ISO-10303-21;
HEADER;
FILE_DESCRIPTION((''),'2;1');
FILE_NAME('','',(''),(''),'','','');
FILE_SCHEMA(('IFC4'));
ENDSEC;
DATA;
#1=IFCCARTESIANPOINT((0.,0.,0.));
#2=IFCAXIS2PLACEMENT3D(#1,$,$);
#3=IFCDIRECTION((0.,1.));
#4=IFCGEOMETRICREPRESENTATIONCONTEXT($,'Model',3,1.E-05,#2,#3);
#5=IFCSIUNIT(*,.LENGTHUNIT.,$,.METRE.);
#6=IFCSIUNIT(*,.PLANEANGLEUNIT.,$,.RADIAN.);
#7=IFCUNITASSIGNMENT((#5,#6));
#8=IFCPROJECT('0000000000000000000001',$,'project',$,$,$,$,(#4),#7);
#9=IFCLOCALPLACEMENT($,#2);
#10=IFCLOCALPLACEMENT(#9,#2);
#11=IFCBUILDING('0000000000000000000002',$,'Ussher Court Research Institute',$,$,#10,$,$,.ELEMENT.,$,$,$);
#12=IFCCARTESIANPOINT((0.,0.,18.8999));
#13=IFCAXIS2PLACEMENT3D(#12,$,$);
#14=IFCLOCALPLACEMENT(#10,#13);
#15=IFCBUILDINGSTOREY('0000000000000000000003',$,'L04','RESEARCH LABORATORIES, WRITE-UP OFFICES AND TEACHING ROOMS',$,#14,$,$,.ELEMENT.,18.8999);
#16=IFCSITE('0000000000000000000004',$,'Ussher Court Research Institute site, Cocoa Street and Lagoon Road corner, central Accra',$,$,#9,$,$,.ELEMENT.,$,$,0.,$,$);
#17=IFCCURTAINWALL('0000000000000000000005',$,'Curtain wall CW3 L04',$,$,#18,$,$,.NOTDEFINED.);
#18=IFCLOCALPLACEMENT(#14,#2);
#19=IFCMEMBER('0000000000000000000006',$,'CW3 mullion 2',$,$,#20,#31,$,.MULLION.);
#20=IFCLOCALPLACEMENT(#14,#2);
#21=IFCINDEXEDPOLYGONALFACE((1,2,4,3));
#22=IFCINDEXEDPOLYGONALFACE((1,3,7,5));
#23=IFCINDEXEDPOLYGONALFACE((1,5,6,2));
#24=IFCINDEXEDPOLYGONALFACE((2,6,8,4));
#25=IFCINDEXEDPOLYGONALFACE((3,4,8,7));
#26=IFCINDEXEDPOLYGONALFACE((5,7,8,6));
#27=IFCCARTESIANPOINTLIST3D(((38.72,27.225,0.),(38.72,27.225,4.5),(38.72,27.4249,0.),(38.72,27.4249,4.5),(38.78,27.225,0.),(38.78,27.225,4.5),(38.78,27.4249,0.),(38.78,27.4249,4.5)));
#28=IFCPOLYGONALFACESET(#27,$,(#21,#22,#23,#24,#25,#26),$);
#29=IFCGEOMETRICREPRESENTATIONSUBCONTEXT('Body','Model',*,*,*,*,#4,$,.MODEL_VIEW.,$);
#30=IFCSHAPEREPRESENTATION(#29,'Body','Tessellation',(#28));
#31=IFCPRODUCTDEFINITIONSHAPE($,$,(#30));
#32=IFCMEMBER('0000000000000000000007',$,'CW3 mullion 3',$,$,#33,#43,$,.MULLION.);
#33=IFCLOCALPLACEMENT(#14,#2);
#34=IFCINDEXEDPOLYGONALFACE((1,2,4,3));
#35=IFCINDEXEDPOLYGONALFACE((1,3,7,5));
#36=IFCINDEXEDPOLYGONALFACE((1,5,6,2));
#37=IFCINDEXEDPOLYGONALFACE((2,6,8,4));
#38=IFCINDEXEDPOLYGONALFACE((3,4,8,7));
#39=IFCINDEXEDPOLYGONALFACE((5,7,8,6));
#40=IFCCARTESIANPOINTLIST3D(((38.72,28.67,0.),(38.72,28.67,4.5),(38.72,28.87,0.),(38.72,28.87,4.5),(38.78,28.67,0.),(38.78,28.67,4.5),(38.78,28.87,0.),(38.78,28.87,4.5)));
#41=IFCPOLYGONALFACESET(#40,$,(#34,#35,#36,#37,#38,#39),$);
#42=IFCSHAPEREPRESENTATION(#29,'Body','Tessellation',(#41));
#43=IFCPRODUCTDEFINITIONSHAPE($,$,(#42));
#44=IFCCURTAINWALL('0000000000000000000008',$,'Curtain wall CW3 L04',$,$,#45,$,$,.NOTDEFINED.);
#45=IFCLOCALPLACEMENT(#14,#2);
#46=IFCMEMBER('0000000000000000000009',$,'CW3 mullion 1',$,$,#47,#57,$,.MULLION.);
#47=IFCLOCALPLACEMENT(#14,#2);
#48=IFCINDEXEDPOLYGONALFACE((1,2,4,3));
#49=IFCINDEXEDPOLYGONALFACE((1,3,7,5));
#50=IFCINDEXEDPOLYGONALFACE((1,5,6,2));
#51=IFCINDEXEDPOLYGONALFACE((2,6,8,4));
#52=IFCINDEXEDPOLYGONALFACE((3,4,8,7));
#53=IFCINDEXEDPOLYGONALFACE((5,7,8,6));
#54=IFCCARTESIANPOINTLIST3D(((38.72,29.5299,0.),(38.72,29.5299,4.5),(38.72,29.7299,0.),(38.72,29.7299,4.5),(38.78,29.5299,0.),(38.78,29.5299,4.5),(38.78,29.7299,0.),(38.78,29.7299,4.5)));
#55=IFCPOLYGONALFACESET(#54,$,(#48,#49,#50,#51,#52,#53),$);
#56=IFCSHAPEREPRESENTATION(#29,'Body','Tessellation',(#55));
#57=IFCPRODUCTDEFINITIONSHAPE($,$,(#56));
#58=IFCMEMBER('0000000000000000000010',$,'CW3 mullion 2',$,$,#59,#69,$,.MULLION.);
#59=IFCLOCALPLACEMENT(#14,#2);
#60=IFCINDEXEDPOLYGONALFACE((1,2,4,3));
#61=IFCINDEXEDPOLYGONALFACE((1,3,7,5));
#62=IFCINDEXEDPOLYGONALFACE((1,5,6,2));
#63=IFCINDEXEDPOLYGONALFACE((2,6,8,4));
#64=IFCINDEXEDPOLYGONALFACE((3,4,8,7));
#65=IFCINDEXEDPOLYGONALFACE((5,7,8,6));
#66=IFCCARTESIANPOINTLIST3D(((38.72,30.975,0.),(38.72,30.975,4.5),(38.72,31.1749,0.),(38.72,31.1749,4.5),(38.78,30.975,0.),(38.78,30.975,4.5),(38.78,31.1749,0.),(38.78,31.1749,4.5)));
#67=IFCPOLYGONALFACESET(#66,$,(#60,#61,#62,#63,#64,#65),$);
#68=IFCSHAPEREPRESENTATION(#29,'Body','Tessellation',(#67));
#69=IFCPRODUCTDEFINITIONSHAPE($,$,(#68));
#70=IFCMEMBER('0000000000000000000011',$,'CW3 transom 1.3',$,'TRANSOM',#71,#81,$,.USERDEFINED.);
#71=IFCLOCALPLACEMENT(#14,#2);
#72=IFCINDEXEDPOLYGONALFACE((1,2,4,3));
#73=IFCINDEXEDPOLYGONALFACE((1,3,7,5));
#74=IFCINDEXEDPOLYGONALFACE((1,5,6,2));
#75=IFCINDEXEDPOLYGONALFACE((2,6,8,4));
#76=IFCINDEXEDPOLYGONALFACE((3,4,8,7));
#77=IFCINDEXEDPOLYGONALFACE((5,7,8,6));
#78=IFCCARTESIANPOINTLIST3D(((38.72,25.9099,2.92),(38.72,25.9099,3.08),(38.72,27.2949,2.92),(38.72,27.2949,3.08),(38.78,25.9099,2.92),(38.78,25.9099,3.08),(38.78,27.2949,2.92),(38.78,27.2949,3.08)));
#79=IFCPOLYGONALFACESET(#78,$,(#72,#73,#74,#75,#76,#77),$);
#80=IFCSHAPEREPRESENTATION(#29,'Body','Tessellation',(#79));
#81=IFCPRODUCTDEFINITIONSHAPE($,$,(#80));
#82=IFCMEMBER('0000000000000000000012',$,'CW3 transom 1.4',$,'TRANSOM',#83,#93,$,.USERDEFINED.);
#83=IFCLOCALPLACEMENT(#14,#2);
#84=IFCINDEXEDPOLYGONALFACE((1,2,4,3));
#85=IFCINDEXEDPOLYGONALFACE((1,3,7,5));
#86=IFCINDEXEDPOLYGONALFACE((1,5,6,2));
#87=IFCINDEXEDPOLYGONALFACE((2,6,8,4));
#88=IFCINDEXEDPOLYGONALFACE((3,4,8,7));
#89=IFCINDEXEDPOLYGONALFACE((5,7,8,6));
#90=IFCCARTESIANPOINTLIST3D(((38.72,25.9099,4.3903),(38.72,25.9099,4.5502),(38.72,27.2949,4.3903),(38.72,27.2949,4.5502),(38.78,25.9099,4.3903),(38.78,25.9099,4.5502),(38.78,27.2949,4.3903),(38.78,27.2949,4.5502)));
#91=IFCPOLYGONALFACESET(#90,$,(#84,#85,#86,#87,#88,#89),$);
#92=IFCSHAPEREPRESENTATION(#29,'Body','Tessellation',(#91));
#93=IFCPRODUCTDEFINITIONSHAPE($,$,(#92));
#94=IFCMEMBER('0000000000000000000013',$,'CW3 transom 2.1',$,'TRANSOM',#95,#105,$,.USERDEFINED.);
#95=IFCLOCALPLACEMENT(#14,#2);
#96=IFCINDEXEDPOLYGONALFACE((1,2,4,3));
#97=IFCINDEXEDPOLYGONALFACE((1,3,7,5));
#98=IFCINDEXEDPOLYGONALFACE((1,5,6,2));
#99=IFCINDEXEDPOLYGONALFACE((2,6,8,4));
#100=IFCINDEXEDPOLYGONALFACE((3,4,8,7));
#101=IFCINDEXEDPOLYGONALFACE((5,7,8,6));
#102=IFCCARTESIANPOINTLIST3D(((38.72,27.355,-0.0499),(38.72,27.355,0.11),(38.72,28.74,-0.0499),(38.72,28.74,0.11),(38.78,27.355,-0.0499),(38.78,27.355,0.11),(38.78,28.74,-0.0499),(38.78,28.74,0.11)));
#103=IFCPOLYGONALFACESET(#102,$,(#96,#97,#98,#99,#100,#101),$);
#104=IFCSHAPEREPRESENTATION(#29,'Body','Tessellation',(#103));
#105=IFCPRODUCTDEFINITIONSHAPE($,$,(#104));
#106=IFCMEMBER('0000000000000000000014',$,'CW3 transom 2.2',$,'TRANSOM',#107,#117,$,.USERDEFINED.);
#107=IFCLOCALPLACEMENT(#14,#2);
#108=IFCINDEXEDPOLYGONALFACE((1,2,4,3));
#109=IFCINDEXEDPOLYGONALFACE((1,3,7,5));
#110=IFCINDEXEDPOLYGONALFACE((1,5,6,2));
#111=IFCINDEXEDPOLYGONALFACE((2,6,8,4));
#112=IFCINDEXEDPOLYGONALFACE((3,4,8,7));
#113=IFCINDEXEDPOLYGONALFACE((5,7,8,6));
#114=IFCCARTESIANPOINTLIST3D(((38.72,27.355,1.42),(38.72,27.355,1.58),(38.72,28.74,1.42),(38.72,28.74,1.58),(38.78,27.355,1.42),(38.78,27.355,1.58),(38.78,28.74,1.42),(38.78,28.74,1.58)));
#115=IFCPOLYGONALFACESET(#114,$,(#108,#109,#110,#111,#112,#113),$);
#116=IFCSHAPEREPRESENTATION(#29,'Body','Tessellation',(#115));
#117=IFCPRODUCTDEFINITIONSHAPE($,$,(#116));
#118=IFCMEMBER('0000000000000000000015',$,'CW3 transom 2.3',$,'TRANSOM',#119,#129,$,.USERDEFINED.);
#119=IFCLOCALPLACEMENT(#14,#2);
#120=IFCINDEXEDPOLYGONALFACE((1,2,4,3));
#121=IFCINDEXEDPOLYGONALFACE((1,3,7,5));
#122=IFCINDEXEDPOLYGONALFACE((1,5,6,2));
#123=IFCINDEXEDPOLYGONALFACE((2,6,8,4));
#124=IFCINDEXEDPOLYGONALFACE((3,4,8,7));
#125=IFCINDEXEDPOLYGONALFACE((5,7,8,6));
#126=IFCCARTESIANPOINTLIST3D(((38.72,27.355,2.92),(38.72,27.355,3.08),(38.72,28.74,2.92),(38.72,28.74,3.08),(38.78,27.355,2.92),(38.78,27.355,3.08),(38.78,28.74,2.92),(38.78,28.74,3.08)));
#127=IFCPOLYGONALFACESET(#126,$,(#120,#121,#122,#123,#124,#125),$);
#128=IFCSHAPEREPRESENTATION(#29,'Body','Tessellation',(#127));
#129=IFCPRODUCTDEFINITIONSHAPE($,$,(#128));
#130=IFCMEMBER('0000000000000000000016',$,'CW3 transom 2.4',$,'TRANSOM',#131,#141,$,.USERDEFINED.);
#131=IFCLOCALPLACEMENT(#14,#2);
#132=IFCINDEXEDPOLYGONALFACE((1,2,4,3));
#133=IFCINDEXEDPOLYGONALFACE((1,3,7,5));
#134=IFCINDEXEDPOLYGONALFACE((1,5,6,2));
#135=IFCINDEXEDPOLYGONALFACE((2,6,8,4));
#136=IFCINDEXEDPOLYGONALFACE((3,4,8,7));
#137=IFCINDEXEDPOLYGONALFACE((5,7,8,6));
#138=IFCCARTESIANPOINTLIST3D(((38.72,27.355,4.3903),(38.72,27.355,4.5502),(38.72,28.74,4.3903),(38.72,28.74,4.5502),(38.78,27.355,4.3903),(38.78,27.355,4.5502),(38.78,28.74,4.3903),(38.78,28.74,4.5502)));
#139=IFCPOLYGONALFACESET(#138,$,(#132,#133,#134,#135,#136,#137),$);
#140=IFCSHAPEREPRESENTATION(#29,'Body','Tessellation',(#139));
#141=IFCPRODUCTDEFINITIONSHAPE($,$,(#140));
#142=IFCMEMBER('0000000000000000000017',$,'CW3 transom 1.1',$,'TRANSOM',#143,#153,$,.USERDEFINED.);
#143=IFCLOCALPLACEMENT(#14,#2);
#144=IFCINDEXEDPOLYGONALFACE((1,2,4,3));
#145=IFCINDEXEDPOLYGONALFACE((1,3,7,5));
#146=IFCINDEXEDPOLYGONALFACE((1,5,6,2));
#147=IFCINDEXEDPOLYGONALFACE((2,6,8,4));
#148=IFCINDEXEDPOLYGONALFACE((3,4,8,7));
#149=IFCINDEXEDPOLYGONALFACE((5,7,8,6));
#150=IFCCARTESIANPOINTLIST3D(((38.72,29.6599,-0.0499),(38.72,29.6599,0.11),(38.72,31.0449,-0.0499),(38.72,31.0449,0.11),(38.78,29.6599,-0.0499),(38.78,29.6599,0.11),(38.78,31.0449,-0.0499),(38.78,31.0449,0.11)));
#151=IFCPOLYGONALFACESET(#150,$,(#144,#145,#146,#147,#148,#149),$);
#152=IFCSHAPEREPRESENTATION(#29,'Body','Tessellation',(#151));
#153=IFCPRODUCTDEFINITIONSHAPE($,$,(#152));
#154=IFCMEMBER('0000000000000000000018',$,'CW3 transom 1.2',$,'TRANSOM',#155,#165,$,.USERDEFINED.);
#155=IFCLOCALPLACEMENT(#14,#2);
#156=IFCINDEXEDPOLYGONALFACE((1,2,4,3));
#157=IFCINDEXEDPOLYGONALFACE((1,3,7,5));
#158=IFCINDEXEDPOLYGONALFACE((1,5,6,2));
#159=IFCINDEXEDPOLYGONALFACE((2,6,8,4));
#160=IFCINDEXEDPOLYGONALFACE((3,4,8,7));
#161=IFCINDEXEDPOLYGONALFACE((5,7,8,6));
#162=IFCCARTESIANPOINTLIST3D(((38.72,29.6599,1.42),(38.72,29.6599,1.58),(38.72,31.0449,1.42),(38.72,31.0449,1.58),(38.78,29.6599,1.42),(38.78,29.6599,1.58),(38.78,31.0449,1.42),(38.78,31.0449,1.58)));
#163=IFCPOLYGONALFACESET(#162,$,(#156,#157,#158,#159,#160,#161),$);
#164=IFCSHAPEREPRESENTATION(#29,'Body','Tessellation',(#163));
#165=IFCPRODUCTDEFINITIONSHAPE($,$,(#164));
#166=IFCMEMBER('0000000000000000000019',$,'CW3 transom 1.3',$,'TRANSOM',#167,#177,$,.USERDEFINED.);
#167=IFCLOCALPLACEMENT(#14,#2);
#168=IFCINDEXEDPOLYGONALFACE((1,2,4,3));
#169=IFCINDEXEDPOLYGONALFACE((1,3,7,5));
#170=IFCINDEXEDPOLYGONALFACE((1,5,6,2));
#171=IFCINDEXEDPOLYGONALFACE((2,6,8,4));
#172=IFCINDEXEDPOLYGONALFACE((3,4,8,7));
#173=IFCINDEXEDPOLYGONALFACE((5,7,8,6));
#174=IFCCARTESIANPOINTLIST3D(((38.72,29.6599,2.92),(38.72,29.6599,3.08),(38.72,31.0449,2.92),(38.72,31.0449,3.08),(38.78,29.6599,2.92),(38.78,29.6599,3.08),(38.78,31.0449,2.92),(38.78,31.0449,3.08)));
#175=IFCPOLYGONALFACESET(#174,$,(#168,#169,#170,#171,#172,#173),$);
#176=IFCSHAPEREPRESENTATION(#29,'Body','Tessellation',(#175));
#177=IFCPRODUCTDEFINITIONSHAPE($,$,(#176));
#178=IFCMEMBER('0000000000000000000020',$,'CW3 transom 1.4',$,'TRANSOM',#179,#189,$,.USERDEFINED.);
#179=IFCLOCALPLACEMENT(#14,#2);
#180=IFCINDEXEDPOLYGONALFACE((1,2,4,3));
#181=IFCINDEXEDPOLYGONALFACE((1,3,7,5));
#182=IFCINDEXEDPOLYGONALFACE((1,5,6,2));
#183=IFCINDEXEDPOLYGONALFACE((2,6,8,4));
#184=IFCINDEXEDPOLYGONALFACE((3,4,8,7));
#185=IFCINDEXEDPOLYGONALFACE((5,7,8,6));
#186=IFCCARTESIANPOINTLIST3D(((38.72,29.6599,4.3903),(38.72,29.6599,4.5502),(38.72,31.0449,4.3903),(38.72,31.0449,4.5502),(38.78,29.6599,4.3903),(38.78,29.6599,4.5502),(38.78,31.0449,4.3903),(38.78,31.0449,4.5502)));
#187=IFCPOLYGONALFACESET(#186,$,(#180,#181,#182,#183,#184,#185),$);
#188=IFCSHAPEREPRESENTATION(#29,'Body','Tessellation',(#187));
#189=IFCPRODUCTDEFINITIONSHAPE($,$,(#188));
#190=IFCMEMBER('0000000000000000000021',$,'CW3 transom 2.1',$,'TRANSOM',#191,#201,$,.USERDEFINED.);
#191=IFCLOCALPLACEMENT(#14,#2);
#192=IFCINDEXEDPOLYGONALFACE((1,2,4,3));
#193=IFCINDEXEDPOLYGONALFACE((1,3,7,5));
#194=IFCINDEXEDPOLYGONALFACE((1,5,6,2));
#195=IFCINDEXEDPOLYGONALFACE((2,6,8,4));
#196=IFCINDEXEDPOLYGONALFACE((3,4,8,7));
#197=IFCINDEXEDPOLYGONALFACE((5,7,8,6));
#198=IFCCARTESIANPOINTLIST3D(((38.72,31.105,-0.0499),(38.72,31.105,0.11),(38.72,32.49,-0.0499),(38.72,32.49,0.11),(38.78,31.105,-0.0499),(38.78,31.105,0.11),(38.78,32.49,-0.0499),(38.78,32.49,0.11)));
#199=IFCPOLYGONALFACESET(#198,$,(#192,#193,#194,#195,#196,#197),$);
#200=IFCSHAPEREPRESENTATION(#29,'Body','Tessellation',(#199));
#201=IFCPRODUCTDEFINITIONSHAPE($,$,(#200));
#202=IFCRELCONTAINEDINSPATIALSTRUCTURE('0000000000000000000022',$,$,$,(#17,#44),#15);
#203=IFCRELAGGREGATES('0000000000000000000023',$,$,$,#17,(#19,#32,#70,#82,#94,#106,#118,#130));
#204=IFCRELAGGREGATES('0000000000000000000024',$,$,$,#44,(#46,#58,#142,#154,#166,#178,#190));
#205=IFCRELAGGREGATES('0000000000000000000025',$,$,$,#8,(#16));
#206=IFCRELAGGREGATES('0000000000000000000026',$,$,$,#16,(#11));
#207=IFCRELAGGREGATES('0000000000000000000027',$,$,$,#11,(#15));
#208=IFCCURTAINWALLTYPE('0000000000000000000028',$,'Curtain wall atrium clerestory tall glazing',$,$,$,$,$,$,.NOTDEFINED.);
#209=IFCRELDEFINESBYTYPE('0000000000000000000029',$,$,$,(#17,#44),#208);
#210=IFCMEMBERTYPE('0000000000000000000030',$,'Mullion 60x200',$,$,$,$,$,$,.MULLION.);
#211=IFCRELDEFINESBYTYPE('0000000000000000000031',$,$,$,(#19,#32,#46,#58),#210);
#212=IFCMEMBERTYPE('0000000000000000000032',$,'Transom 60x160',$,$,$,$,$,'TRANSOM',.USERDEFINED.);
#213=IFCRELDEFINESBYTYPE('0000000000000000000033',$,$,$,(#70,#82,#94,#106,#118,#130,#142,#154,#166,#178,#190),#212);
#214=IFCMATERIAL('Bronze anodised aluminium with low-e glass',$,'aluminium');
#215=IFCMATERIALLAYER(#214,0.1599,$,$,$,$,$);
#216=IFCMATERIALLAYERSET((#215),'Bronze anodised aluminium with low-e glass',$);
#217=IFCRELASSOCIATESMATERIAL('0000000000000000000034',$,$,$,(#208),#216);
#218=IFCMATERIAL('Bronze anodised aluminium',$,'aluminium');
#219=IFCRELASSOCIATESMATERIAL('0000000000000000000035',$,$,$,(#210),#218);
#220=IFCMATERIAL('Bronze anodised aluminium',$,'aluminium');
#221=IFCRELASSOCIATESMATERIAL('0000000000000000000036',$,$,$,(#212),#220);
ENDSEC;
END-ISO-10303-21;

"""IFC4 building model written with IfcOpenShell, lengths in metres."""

from ifc_helpers import new_model, si_unit, direction, frame, origin, origin_2d, place, context, subcontext, project, spatial, rectangle, extrude, material, layer, layer_set, material_profile, profile_set, type_object, element, aggregate, save


model = new_model("IFC4")

# Units and contexts
model_context = context("Model", 3, precision=1e-05, world=origin(), true_north=direction((0.0, 1.0)))
body_context = subcontext(model_context, "Body", "Model", "MODEL_VIEW")
ifc_project = project(units=[si_unit("LENGTHUNIT", "METRE"), si_unit("PLANEANGLEUNIT", "RADIAN")], contexts=[model_context])

# Site, building, storey
site_placement = place(None, origin())
site = spatial("IfcSite", under=ifc_project, at=site_placement, Name="Ussher Court Research Institute site, Cocoa Street and Lagoon Road corner, central Accra", CompositionType="ELEMENT", RefElevation=0.0)
building_placement = place(site_placement, origin())
building = spatial("IfcBuilding", under=site, at=building_placement, Name="Ussher Court Research Institute", CompositionType="ELEMENT")
storey_placement = place(building_placement, frame((0.0, 0.0, 18.8999)))
storey = spatial("IfcBuildingStorey", under=building, at=storey_placement, Name="L04", Description="RESEARCH LABORATORIES, WRITE-UP OFFICES AND TEACHING ROOMS", CompositionType="ELEMENT", Elevation=18.8999)

# Curtain walls, members
ifc_material_1 = material(Name="Bronze anodised aluminium with low-e glass", Category="aluminium")
ifc_layer_1 = layer(ifc_material_1, 0.1599)
ifc_layer_set_1 = layer_set([ifc_layer_1], Name="Bronze anodised aluminium with low-e glass")
curtain_wall_type = type_object("IfcCurtainWallType", Name="Curtain wall atrium clerestory tall glazing", PredefinedType="NOTDEFINED", material=ifc_layer_set_1)
curtain_wall_1_placement = place(storey_placement, origin())
curtain_wall_1 = element("IfcCurtainWall", 1, at=curtain_wall_1_placement, inside=storey, type_object=curtain_wall_type, Name="Curtain wall CW3 L04", PredefinedType="NOTDEFINED")
ifc_material_2 = material(Name="Bronze anodised aluminium", Category="aluminium")
ifc_material_profile_1 = material_profile(ifc_material_2, rectangle(XDim=0.0601, YDim=0.2, at=origin_2d()), Name="Mullion 60x200")
ifc_profile_set_1 = profile_set([ifc_material_profile_1], Name="Bronze anodised aluminium")
member_type_1 = type_object("IfcMemberType", Name="Mullion 60x200", PredefinedType="MULLION", material=ifc_profile_set_1)
member_1_placement = place(storey_placement, frame((38.75, 27.325, 0.0), z_axis=(0.0, 0.0, 1.0), x_axis=(-1.0, 0.0, 0.0)))
member_1 = element("IfcMember", 2, at=member_1_placement, type_object=member_type_1, Name="CW3 mullion 2", PredefinedType="MULLION", context=body_context, shape_type="SweptSolid", body=[
    extrude(rectangle(XDim=0.0601, YDim=0.2, at=origin_2d()), origin(), (0.0, 0.0, 1.0), 4.5),
])
member_2_placement = place(storey_placement, frame((38.75, 28.77, 0.0), z_axis=(0.0, 0.0, 1.0), x_axis=(-1.0, 0.0, 0.0)))
member_2 = element("IfcMember", 3, at=member_2_placement, type_object=member_type_1, Name="CW3 mullion 3", PredefinedType="MULLION", context=body_context, shape_type="SweptSolid", body=[
    extrude(rectangle(XDim=0.0601, YDim=0.2, at=origin_2d()), origin(), (0.0, 0.0, 1.0), 4.5),
])
curtain_wall_2_placement = place(storey_placement, origin())
curtain_wall_2 = element("IfcCurtainWall", 4, at=curtain_wall_2_placement, inside=storey, type_object=curtain_wall_type, Name="Curtain wall CW3 L04", PredefinedType="NOTDEFINED")
member_3_placement = place(storey_placement, frame((38.75, 29.6299, 0.0), z_axis=(0.0, 0.0, 1.0), x_axis=(-1.0, 0.0, 0.0)))
member_3 = element("IfcMember", 5, at=member_3_placement, type_object=member_type_1, Name="CW3 mullion 1", PredefinedType="MULLION", context=body_context, shape_type="SweptSolid", body=[
    extrude(rectangle(XDim=0.0601, YDim=0.2, at=origin_2d()), origin(), (0.0, 0.0, 1.0), 4.5),
])
member_4_placement = place(storey_placement, frame((38.75, 31.075, 0.0), z_axis=(0.0, 0.0, 1.0), x_axis=(-1.0, 0.0, 0.0)))
member_4 = element("IfcMember", 6, at=member_4_placement, type_object=member_type_1, Name="CW3 mullion 2", PredefinedType="MULLION", context=body_context, shape_type="SweptSolid", body=[
    extrude(rectangle(XDim=0.0601, YDim=0.2, at=origin_2d()), origin(), (0.0, 0.0, 1.0), 4.5),
])

# Members
ifc_material_3 = material(Name="Bronze anodised aluminium", Category="aluminium")
ifc_material_profile_2 = material_profile(ifc_material_3, rectangle(XDim=0.0601, YDim=0.1599, at=origin_2d()), Name="Transom 60x160")
ifc_profile_set_2 = profile_set([ifc_material_profile_2], Name="Bronze anodised aluminium")
member_type_2 = type_object("IfcMemberType", Name="Transom 60x160", ElementType="TRANSOM", PredefinedType="USERDEFINED", material=ifc_profile_set_2)
member_5_placement = place(storey_placement, frame((38.75, 25.9099, 3.0), z_axis=(0.0, 1.0, 0.0), x_axis=(-1.0, 0.0, 0.0)))
member_5 = element("IfcMember", 7, at=member_5_placement, type_object=member_type_2, Name="CW3 transom 1.3", ObjectType="TRANSOM", PredefinedType="USERDEFINED", context=body_context, shape_type="SweptSolid", body=[
    extrude(rectangle(XDim=0.0601, YDim=0.1599, at=origin_2d()), origin(), (0.0, 0.0, 1.0), 1.385),
])
member_6_placement = place(storey_placement, frame((38.75, 25.9099, 4.4702), z_axis=(0.0, 1.0, 0.0), x_axis=(-1.0, 0.0, 0.0)))
member_6 = element("IfcMember", 8, at=member_6_placement, type_object=member_type_2, Name="CW3 transom 1.4", ObjectType="TRANSOM", PredefinedType="USERDEFINED", context=body_context, shape_type="SweptSolid", body=[
    extrude(rectangle(XDim=0.0601, YDim=0.1599, at=origin_2d()), origin(), (0.0, 0.0, 1.0), 1.385),
])
member_7_placement = place(storey_placement, frame((38.75, 27.355, 0.03), z_axis=(0.0, 1.0, 0.0), x_axis=(-1.0, 0.0, 0.0)))
member_7 = element("IfcMember", 9, at=member_7_placement, type_object=member_type_2, Name="CW3 transom 2.1", ObjectType="TRANSOM", PredefinedType="USERDEFINED", context=body_context, shape_type="SweptSolid", body=[
    extrude(rectangle(XDim=0.0601, YDim=0.1599, at=origin_2d()), origin(), (0.0, 0.0, 1.0), 1.385),
])
member_8_placement = place(storey_placement, frame((38.75, 27.355, 1.5), z_axis=(0.0, 1.0, 0.0), x_axis=(-1.0, 0.0, 0.0)))
member_8 = element("IfcMember", 10, at=member_8_placement, type_object=member_type_2, Name="CW3 transom 2.2", ObjectType="TRANSOM", PredefinedType="USERDEFINED", context=body_context, shape_type="SweptSolid", body=[
    extrude(rectangle(XDim=0.0601, YDim=0.1599, at=origin_2d()), origin(), (0.0, 0.0, 1.0), 1.385),
])
member_9_placement = place(storey_placement, frame((38.75, 27.355, 3.0), z_axis=(0.0, 1.0, 0.0), x_axis=(-1.0, 0.0, 0.0)))
member_9 = element("IfcMember", 11, at=member_9_placement, type_object=member_type_2, Name="CW3 transom 2.3", ObjectType="TRANSOM", PredefinedType="USERDEFINED", context=body_context, shape_type="SweptSolid", body=[
    extrude(rectangle(XDim=0.0601, YDim=0.1599, at=origin_2d()), origin(), (0.0, 0.0, 1.0), 1.385),
])
member_10_placement = place(storey_placement, frame((38.75, 27.355, 4.4702), z_axis=(0.0, 1.0, 0.0), x_axis=(-1.0, 0.0, 0.0)))
member_10 = element("IfcMember", 12, at=member_10_placement, type_object=member_type_2, Name="CW3 transom 2.4", ObjectType="TRANSOM", PredefinedType="USERDEFINED", context=body_context, shape_type="SweptSolid", body=[
    extrude(rectangle(XDim=0.0601, YDim=0.1599, at=origin_2d()), origin(), (0.0, 0.0, 1.0), 1.385),
])
member_11_placement = place(storey_placement, frame((38.75, 29.6599, 0.03), z_axis=(0.0, 1.0, 0.0), x_axis=(-1.0, 0.0, 0.0)))
member_11 = element("IfcMember", 13, at=member_11_placement, type_object=member_type_2, Name="CW3 transom 1.1", ObjectType="TRANSOM", PredefinedType="USERDEFINED", context=body_context, shape_type="SweptSolid", body=[
    extrude(rectangle(XDim=0.0601, YDim=0.1599, at=origin_2d()), origin(), (0.0, 0.0, 1.0), 1.385),
])
member_12_placement = place(storey_placement, frame((38.75, 29.6599, 1.5), z_axis=(0.0, 1.0, 0.0), x_axis=(-1.0, 0.0, 0.0)))
member_12 = element("IfcMember", 14, at=member_12_placement, type_object=member_type_2, Name="CW3 transom 1.2", ObjectType="TRANSOM", PredefinedType="USERDEFINED", context=body_context, shape_type="SweptSolid", body=[
    extrude(rectangle(XDim=0.0601, YDim=0.1599, at=origin_2d()), origin(), (0.0, 0.0, 1.0), 1.385),
])
member_13_placement = place(storey_placement, frame((38.75, 29.6599, 3.0), z_axis=(0.0, 1.0, 0.0), x_axis=(-1.0, 0.0, 0.0)))
member_13 = element("IfcMember", 15, at=member_13_placement, type_object=member_type_2, Name="CW3 transom 1.3", ObjectType="TRANSOM", PredefinedType="USERDEFINED", context=body_context, shape_type="SweptSolid", body=[
    extrude(rectangle(XDim=0.0601, YDim=0.1599, at=origin_2d()), origin(), (0.0, 0.0, 1.0), 1.385),
])
member_14_placement = place(storey_placement, frame((38.75, 29.6599, 4.4702), z_axis=(0.0, 1.0, 0.0), x_axis=(-1.0, 0.0, 0.0)))
member_14 = element("IfcMember", 16, at=member_14_placement, type_object=member_type_2, Name="CW3 transom 1.4", ObjectType="TRANSOM", PredefinedType="USERDEFINED", context=body_context, shape_type="SweptSolid", body=[
    extrude(rectangle(XDim=0.0601, YDim=0.1599, at=origin_2d()), origin(), (0.0, 0.0, 1.0), 1.385),
])
member_15_placement = place(storey_placement, frame((38.75, 31.105, 0.03), z_axis=(0.0, 1.0, 0.0), x_axis=(-1.0, 0.0, 0.0)))
member_15 = element("IfcMember", 17, at=member_15_placement, type_object=member_type_2, Name="CW3 transom 2.1", ObjectType="TRANSOM", PredefinedType="USERDEFINED", context=body_context, shape_type="SweptSolid", body=[
    extrude(rectangle(XDim=0.0601, YDim=0.1599, at=origin_2d()), origin(), (0.0, 0.0, 1.0), 1.385),
])

aggregate(curtain_wall_1, [member_1, member_2, member_5, member_6, member_7, member_8, member_9, member_10])
aggregate(curtain_wall_2, [member_3, member_4, member_11, member_12, member_13, member_14, member_15])

save(model, "model.ifc")
